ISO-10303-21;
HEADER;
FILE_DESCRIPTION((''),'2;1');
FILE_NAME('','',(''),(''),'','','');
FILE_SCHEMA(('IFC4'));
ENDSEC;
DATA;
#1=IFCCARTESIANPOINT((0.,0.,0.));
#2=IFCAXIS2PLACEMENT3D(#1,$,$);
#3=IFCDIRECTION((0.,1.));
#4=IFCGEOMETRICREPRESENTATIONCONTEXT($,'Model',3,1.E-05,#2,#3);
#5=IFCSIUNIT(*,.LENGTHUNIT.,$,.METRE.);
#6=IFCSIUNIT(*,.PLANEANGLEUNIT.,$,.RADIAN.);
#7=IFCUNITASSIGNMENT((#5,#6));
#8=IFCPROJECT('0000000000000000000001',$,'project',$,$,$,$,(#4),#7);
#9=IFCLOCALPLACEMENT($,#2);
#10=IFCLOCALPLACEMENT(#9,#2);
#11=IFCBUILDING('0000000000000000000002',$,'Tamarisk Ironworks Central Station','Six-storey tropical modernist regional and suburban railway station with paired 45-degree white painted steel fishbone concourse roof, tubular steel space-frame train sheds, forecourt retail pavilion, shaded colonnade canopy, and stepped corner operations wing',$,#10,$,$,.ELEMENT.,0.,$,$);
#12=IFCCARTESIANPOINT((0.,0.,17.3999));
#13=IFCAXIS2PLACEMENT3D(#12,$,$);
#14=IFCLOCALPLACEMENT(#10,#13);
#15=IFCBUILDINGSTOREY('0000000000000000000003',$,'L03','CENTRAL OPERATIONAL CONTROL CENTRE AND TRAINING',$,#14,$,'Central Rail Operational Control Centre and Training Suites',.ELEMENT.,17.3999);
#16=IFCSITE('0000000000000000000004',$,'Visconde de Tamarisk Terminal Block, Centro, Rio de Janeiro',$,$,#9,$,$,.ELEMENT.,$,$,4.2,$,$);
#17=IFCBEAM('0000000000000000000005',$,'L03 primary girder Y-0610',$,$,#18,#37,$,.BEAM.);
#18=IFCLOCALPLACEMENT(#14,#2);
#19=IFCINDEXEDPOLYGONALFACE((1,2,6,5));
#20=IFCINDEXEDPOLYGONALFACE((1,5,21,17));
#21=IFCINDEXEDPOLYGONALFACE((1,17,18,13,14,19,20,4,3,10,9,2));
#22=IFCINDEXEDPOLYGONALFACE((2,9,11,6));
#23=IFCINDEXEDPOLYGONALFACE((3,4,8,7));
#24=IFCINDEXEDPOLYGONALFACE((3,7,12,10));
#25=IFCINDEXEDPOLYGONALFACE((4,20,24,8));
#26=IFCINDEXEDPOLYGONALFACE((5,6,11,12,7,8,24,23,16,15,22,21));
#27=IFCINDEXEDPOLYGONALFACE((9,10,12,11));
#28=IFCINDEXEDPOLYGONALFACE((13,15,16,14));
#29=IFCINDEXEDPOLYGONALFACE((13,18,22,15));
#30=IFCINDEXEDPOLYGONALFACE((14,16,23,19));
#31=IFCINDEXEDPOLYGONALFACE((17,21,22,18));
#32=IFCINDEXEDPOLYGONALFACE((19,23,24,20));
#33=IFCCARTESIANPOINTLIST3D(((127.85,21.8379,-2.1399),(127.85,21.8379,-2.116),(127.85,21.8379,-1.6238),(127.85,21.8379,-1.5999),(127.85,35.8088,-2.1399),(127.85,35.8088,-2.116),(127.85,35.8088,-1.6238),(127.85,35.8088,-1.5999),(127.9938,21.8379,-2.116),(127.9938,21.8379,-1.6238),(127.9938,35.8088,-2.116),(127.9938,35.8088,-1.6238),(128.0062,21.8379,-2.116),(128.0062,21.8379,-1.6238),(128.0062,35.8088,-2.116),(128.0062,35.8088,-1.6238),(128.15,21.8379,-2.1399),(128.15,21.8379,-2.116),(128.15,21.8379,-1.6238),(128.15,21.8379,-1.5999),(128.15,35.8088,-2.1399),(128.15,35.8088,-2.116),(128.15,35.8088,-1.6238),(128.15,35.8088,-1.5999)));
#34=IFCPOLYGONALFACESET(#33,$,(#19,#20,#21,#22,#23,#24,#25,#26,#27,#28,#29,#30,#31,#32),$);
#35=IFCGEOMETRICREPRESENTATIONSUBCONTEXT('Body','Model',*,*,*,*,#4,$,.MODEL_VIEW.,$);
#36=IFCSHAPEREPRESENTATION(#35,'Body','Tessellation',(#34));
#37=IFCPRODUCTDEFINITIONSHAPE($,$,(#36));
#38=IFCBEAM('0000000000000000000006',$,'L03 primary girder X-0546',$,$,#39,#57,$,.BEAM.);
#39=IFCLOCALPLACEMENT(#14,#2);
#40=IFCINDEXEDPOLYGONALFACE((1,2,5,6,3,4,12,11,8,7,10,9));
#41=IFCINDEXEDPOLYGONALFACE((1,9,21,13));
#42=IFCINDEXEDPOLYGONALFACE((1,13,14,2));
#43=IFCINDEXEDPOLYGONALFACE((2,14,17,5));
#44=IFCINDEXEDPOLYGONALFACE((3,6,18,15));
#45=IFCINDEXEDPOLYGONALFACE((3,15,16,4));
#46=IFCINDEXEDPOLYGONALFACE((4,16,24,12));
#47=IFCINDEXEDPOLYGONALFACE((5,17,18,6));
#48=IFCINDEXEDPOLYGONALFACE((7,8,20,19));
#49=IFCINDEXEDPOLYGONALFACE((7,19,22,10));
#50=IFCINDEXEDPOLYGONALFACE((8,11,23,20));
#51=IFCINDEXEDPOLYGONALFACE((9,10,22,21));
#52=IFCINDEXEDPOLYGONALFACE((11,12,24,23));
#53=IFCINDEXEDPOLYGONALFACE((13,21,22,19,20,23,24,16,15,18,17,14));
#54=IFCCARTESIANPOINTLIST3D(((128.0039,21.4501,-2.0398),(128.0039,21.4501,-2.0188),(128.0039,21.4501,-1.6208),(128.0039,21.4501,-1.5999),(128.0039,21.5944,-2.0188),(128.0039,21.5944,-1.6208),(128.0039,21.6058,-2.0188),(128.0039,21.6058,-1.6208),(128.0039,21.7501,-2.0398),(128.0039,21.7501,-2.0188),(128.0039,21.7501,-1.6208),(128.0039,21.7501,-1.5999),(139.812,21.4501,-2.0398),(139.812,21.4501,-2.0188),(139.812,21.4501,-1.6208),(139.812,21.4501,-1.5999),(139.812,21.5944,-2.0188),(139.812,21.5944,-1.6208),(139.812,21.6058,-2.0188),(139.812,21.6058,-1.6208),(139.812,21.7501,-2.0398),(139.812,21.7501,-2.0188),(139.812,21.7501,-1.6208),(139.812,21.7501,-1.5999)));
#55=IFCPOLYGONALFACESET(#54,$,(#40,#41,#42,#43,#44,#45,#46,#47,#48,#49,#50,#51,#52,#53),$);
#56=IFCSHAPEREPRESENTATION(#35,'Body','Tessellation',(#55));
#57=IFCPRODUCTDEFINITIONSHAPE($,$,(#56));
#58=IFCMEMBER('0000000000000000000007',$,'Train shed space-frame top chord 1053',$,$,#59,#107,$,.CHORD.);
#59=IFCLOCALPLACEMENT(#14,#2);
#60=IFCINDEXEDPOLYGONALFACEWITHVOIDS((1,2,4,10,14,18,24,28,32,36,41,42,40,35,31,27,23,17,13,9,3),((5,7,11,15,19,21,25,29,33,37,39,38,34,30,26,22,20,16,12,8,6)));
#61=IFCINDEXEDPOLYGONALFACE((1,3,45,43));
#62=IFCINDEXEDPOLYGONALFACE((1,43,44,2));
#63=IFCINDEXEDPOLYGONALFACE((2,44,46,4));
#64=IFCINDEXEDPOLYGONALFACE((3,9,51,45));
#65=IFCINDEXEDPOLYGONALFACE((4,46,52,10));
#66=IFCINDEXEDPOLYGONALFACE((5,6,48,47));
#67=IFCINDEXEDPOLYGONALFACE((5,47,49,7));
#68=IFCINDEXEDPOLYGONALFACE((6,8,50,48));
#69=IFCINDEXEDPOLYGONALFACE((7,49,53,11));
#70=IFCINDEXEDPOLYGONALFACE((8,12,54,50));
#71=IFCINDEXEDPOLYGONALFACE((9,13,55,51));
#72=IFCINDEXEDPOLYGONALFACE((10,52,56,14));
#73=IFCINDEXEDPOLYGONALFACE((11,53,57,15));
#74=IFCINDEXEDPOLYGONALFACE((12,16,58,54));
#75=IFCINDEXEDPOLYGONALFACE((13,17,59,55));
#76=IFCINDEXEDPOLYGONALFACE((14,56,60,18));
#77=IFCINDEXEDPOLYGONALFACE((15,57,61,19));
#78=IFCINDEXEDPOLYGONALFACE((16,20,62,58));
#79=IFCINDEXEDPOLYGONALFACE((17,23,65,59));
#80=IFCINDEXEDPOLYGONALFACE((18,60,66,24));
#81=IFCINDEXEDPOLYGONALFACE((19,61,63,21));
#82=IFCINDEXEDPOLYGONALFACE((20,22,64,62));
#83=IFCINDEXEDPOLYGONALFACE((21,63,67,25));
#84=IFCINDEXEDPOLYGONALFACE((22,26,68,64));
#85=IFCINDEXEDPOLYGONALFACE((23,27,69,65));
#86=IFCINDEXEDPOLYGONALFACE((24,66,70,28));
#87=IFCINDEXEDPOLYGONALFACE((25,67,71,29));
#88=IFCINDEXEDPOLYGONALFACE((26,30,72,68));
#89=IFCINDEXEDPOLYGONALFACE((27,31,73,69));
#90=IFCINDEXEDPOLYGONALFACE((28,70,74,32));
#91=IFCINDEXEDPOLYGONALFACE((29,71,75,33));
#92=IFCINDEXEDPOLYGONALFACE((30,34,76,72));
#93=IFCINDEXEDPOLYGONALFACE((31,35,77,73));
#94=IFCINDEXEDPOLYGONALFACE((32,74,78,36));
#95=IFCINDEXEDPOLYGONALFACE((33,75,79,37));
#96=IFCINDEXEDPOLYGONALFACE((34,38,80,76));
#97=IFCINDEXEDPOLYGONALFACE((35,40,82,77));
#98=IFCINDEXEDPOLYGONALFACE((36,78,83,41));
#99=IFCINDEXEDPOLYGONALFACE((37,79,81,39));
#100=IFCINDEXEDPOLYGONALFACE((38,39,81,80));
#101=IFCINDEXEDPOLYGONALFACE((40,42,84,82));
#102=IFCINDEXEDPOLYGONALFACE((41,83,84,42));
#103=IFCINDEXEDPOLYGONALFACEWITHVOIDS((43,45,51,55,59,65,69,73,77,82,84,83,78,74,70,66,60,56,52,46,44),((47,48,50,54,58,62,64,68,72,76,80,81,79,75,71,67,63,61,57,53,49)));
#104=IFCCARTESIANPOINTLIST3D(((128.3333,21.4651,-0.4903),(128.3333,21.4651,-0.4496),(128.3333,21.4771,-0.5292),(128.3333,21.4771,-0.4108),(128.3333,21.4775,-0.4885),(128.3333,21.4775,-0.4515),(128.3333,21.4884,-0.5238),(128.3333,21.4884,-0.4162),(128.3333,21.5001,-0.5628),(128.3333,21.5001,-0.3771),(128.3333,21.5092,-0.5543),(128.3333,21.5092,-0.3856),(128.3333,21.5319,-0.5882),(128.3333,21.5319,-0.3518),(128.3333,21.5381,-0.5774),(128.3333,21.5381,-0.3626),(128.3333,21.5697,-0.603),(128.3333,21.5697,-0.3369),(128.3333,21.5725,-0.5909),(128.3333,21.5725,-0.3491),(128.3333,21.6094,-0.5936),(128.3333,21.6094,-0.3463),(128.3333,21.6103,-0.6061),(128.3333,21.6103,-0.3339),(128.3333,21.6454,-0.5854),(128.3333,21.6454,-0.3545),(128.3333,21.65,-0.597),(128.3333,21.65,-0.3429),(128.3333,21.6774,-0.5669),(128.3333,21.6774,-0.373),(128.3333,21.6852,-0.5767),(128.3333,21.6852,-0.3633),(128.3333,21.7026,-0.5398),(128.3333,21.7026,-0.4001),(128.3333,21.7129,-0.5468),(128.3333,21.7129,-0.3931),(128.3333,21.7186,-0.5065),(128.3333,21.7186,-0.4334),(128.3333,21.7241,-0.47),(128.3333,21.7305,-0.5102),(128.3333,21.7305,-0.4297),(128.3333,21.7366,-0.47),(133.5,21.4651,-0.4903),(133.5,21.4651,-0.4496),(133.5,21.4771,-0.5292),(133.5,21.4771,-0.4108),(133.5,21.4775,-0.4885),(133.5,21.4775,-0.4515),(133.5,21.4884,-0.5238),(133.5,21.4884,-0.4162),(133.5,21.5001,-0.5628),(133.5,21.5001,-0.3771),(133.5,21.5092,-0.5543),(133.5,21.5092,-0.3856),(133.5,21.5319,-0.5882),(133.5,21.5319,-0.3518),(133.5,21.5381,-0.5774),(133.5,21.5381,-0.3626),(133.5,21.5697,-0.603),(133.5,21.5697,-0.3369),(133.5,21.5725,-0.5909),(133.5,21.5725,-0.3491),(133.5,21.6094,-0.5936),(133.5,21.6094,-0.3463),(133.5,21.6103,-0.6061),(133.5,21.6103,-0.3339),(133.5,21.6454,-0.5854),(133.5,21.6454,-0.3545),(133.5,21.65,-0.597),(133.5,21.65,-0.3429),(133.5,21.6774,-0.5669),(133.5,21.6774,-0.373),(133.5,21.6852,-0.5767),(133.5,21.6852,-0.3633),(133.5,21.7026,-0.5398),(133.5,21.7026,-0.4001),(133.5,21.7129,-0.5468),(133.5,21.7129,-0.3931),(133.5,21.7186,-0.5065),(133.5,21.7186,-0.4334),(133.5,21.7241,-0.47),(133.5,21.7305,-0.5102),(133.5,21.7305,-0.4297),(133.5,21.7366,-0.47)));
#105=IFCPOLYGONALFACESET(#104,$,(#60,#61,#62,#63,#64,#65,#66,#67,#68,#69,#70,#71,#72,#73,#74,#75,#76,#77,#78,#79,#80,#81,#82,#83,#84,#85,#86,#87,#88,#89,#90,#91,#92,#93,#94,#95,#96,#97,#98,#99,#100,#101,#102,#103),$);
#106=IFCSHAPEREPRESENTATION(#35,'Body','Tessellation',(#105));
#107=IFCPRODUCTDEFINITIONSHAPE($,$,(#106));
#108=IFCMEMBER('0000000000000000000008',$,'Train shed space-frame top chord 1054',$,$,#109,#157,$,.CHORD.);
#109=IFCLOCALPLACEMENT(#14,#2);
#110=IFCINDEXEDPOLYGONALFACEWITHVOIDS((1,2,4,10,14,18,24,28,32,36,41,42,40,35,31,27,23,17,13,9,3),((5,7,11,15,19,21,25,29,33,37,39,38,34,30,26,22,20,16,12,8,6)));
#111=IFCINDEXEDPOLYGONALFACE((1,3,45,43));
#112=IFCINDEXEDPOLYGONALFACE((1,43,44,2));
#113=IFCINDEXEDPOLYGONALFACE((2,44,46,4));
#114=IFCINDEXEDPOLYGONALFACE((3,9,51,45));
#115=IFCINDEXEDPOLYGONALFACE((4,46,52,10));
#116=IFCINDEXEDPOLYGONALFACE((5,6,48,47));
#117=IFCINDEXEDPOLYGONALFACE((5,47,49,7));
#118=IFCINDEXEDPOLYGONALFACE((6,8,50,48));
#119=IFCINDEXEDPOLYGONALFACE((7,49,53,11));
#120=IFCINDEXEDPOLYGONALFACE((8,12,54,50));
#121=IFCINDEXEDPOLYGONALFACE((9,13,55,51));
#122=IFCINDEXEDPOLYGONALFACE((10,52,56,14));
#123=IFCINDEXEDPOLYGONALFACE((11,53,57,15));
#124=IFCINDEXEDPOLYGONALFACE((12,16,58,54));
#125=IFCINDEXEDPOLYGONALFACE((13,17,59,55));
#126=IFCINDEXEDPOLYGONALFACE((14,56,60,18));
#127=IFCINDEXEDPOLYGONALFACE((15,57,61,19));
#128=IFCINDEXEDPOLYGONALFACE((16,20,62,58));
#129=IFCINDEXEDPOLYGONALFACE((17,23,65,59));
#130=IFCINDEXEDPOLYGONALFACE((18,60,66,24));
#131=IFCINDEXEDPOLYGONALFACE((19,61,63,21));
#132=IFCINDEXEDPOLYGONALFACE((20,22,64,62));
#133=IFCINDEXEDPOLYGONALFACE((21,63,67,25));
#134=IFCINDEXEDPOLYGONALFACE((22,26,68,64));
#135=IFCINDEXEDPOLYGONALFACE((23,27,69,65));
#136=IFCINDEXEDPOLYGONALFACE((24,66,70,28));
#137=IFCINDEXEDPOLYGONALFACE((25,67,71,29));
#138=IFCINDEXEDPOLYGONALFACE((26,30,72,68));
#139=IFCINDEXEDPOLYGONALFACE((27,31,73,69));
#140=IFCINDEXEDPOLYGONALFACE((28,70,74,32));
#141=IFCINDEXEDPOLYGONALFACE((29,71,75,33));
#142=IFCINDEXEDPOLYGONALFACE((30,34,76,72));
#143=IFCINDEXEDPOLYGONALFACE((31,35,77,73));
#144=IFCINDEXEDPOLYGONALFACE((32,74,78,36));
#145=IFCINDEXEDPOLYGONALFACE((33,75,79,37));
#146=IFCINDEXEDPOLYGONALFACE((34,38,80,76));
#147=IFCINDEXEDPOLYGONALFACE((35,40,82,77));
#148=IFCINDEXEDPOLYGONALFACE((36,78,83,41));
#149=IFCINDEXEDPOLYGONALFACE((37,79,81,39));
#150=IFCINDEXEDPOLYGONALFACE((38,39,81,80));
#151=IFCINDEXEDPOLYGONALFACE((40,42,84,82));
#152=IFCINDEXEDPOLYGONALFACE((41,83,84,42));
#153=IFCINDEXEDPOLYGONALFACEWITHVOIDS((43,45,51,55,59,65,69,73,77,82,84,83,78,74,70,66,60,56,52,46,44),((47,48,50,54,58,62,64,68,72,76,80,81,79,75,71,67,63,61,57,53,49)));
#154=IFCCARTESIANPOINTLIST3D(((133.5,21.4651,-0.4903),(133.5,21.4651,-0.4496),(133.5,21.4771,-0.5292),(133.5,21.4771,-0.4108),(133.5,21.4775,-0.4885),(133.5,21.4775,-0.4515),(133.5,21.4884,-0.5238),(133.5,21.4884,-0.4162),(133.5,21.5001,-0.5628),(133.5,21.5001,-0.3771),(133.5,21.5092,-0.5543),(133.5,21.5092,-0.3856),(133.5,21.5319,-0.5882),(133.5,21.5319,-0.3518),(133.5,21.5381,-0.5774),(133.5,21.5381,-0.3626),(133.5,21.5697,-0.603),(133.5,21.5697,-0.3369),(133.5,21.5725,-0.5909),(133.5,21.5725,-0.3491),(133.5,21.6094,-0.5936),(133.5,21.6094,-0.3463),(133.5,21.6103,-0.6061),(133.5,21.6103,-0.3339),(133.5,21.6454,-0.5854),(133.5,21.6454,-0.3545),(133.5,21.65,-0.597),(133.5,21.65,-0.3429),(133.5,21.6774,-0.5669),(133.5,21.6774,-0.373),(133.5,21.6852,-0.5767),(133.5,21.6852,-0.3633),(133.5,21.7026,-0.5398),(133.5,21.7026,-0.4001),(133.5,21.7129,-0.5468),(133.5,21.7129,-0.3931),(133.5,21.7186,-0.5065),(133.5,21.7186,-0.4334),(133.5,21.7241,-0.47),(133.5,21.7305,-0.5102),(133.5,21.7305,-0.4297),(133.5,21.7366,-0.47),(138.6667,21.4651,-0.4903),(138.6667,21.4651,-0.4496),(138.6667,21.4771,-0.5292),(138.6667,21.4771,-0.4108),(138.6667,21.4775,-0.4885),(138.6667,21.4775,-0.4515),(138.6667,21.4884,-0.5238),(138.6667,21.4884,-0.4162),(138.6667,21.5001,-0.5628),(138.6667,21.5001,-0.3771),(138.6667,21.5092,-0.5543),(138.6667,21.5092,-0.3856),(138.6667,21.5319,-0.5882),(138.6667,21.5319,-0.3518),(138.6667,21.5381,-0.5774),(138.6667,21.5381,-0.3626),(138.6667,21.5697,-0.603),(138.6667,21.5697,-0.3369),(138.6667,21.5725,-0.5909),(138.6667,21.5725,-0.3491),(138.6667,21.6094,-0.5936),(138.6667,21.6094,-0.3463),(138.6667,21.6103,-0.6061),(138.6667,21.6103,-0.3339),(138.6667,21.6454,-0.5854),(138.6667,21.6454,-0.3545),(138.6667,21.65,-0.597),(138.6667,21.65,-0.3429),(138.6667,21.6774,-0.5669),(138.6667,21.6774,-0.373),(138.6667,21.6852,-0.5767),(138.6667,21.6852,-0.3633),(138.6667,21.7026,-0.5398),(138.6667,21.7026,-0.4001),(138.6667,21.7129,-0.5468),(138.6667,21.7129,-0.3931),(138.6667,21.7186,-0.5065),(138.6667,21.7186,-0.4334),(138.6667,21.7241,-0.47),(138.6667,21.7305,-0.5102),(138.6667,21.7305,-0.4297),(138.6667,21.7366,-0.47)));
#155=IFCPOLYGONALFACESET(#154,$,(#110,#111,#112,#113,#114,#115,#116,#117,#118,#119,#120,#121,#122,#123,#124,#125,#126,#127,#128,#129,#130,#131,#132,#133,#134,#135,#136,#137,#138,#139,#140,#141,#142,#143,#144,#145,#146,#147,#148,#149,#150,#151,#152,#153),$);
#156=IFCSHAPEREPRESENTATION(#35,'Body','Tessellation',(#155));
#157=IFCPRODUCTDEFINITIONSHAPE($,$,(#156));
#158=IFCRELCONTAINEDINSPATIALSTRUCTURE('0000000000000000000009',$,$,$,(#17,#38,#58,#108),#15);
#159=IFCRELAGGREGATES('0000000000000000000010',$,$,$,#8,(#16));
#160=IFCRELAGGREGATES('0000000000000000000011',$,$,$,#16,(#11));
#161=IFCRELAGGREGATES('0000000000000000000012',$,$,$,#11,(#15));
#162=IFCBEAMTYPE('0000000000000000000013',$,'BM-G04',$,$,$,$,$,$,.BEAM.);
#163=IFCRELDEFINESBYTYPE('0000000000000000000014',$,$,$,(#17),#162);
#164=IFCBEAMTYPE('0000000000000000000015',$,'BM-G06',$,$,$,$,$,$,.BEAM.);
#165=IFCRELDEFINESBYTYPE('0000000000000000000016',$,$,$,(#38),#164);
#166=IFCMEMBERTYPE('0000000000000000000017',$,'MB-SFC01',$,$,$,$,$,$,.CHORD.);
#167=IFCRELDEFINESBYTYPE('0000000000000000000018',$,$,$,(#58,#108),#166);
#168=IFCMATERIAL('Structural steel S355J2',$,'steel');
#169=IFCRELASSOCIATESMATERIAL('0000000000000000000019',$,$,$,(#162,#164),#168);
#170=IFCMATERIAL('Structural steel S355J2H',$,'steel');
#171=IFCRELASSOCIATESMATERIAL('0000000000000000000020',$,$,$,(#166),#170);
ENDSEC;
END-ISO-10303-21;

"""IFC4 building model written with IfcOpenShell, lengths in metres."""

from ifc_helpers import new_model, si_unit, direction, frame, origin, origin_2d, place, context, subcontext, project, spatial, hollow_circle, i_section, extrude, material, material_profile, profile_set, type_object, element, save


model = new_model("IFC4")

# Units and contexts
model_context = context("Model", 3, precision=1e-05, world=origin(), true_north=direction((0.0, 1.0)))
body_context = subcontext(model_context, "Body", "Model", "MODEL_VIEW")
ifc_project = project(units=[si_unit("LENGTHUNIT", "METRE"), si_unit("PLANEANGLEUNIT", "RADIAN")], contexts=[model_context])

# Site, building, storey
site_placement = place(None, origin())
site = spatial("IfcSite", under=ifc_project, at=site_placement, Name="Visconde de Tamarisk Terminal Block, Centro, Rio de Janeiro", CompositionType="ELEMENT", RefElevation=4.2)
building_placement = place(site_placement, origin())
building = spatial("IfcBuilding", under=site, at=building_placement, Name="Tamarisk Ironworks Central Station", Description="Six-storey tropical modernist regional and suburban railway station with paired 45-degree white painted steel fishbone concourse roof, tubular steel space-frame train sheds, forecourt retail pavilion, shaded colonnade canopy, and stepped corner operations wing", CompositionType="ELEMENT", ElevationOfRefHeight=0.0)
storey_placement = place(building_placement, frame((0.0, 0.0, 17.3999)))
storey = spatial("IfcBuildingStorey", under=building, at=storey_placement, Name="L03", Description="CENTRAL OPERATIONAL CONTROL CENTRE AND TRAINING", LongName="Central Rail Operational Control Centre and Training Suites", CompositionType="ELEMENT", Elevation=17.3999)

# Beams
ifc_material_1 = material(Name="Structural steel S355J2", Category="steel")
ifc_material_profile_1 = material_profile(ifc_material_1, i_section(OverallWidth=0.3, OverallDepth=0.54, WebThickness=0.0125, FlangeThickness=0.0239, at=origin_2d()), Name="HEA 550")
ifc_profile_set_1 = profile_set([ifc_material_profile_1], Name="Structural steel S355J2")
beam_type_1 = type_object("IfcBeamType", Name="BM-G04", PredefinedType="BEAM", material=ifc_profile_set_1)
beam_1_placement = place(storey_placement, frame((128.0, 21.8379, -1.8699), z_axis=(0.0, 1.0, 0.0), x_axis=(-1.0, 0.0, 0.0)))
element("IfcBeam", 1, at=beam_1_placement, inside=storey, type_object=beam_type_1, Name="L03 primary girder Y-0610", PredefinedType="BEAM", context=body_context, shape_type="SweptSolid", body=[
    extrude(i_section(OverallWidth=0.3, OverallDepth=0.54, WebThickness=0.0125, FlangeThickness=0.0239, at=origin_2d()), origin(), (0.0, 0.0, 1.0), 13.9709),
])
ifc_material_profile_2 = material_profile(ifc_material_1, i_section(OverallWidth=0.3, OverallDepth=0.4399, WebThickness=0.0115, FlangeThickness=0.021, at=origin_2d()), Name="HEA 450")
ifc_profile_set_2 = profile_set([ifc_material_profile_2], Name="Structural steel S355J2")
beam_type_2 = type_object("IfcBeamType", Name="BM-G06", PredefinedType="BEAM", material=ifc_profile_set_2)
beam_2_placement = place(storey_placement, frame((128.0039, 21.6001, -1.8198), z_axis=(1.0, 0.0, 0.0), x_axis=(0.0, 1.0, 0.0)))
element("IfcBeam", 2, at=beam_2_placement, inside=storey, type_object=beam_type_2, Name="L03 primary girder X-0546", PredefinedType="BEAM", context=body_context, shape_type="SweptSolid", body=[
    extrude(i_section(OverallWidth=0.3, OverallDepth=0.4399, WebThickness=0.0115, FlangeThickness=0.021, at=origin_2d()), origin(), (0.0, 0.0, 1.0), 11.8081),
])

# Members
ifc_material_2 = material(Name="Structural steel S355J2H", Category="steel")
ifc_material_profile_3 = material_profile(ifc_material_2, hollow_circle(Radius=0.1365, WallThickness=0.0125, at=origin_2d()), Name="CHS 273x12.5")
ifc_profile_set_3 = profile_set([ifc_material_profile_3], Name="Structural steel S355J2H")
member_type_1 = type_object("IfcMemberType", Name="MB-SFC01", PredefinedType="CHORD", material=ifc_profile_set_3)
for number, where, z_axis, x_axis, name in (
    (3, (128.3333, 21.6001, -0.47), (1.0, 0.0, 0.0), (0.0, 1.0, 0.0), "Train shed space-frame top chord 1053"),
    (4, (133.5, 21.6001, -0.47), (1.0, 0.0, 0.0), (0.0, 1.0, 0.0), "Train shed space-frame top chord 1054"),
):
    element("IfcMember", number, at=place(storey_placement, frame(where, z_axis=z_axis, x_axis=x_axis)), inside=storey, type_object=member_type_1, Name=name, PredefinedType="CHORD", context=body_context, shape_type="SweptSolid", body=[
        extrude(hollow_circle(Radius=0.1365, WallThickness=0.0125, at=origin_2d()), origin(), (0.0, 0.0, 1.0), 5.1667),
    ])

save(model, "model.ifc")
